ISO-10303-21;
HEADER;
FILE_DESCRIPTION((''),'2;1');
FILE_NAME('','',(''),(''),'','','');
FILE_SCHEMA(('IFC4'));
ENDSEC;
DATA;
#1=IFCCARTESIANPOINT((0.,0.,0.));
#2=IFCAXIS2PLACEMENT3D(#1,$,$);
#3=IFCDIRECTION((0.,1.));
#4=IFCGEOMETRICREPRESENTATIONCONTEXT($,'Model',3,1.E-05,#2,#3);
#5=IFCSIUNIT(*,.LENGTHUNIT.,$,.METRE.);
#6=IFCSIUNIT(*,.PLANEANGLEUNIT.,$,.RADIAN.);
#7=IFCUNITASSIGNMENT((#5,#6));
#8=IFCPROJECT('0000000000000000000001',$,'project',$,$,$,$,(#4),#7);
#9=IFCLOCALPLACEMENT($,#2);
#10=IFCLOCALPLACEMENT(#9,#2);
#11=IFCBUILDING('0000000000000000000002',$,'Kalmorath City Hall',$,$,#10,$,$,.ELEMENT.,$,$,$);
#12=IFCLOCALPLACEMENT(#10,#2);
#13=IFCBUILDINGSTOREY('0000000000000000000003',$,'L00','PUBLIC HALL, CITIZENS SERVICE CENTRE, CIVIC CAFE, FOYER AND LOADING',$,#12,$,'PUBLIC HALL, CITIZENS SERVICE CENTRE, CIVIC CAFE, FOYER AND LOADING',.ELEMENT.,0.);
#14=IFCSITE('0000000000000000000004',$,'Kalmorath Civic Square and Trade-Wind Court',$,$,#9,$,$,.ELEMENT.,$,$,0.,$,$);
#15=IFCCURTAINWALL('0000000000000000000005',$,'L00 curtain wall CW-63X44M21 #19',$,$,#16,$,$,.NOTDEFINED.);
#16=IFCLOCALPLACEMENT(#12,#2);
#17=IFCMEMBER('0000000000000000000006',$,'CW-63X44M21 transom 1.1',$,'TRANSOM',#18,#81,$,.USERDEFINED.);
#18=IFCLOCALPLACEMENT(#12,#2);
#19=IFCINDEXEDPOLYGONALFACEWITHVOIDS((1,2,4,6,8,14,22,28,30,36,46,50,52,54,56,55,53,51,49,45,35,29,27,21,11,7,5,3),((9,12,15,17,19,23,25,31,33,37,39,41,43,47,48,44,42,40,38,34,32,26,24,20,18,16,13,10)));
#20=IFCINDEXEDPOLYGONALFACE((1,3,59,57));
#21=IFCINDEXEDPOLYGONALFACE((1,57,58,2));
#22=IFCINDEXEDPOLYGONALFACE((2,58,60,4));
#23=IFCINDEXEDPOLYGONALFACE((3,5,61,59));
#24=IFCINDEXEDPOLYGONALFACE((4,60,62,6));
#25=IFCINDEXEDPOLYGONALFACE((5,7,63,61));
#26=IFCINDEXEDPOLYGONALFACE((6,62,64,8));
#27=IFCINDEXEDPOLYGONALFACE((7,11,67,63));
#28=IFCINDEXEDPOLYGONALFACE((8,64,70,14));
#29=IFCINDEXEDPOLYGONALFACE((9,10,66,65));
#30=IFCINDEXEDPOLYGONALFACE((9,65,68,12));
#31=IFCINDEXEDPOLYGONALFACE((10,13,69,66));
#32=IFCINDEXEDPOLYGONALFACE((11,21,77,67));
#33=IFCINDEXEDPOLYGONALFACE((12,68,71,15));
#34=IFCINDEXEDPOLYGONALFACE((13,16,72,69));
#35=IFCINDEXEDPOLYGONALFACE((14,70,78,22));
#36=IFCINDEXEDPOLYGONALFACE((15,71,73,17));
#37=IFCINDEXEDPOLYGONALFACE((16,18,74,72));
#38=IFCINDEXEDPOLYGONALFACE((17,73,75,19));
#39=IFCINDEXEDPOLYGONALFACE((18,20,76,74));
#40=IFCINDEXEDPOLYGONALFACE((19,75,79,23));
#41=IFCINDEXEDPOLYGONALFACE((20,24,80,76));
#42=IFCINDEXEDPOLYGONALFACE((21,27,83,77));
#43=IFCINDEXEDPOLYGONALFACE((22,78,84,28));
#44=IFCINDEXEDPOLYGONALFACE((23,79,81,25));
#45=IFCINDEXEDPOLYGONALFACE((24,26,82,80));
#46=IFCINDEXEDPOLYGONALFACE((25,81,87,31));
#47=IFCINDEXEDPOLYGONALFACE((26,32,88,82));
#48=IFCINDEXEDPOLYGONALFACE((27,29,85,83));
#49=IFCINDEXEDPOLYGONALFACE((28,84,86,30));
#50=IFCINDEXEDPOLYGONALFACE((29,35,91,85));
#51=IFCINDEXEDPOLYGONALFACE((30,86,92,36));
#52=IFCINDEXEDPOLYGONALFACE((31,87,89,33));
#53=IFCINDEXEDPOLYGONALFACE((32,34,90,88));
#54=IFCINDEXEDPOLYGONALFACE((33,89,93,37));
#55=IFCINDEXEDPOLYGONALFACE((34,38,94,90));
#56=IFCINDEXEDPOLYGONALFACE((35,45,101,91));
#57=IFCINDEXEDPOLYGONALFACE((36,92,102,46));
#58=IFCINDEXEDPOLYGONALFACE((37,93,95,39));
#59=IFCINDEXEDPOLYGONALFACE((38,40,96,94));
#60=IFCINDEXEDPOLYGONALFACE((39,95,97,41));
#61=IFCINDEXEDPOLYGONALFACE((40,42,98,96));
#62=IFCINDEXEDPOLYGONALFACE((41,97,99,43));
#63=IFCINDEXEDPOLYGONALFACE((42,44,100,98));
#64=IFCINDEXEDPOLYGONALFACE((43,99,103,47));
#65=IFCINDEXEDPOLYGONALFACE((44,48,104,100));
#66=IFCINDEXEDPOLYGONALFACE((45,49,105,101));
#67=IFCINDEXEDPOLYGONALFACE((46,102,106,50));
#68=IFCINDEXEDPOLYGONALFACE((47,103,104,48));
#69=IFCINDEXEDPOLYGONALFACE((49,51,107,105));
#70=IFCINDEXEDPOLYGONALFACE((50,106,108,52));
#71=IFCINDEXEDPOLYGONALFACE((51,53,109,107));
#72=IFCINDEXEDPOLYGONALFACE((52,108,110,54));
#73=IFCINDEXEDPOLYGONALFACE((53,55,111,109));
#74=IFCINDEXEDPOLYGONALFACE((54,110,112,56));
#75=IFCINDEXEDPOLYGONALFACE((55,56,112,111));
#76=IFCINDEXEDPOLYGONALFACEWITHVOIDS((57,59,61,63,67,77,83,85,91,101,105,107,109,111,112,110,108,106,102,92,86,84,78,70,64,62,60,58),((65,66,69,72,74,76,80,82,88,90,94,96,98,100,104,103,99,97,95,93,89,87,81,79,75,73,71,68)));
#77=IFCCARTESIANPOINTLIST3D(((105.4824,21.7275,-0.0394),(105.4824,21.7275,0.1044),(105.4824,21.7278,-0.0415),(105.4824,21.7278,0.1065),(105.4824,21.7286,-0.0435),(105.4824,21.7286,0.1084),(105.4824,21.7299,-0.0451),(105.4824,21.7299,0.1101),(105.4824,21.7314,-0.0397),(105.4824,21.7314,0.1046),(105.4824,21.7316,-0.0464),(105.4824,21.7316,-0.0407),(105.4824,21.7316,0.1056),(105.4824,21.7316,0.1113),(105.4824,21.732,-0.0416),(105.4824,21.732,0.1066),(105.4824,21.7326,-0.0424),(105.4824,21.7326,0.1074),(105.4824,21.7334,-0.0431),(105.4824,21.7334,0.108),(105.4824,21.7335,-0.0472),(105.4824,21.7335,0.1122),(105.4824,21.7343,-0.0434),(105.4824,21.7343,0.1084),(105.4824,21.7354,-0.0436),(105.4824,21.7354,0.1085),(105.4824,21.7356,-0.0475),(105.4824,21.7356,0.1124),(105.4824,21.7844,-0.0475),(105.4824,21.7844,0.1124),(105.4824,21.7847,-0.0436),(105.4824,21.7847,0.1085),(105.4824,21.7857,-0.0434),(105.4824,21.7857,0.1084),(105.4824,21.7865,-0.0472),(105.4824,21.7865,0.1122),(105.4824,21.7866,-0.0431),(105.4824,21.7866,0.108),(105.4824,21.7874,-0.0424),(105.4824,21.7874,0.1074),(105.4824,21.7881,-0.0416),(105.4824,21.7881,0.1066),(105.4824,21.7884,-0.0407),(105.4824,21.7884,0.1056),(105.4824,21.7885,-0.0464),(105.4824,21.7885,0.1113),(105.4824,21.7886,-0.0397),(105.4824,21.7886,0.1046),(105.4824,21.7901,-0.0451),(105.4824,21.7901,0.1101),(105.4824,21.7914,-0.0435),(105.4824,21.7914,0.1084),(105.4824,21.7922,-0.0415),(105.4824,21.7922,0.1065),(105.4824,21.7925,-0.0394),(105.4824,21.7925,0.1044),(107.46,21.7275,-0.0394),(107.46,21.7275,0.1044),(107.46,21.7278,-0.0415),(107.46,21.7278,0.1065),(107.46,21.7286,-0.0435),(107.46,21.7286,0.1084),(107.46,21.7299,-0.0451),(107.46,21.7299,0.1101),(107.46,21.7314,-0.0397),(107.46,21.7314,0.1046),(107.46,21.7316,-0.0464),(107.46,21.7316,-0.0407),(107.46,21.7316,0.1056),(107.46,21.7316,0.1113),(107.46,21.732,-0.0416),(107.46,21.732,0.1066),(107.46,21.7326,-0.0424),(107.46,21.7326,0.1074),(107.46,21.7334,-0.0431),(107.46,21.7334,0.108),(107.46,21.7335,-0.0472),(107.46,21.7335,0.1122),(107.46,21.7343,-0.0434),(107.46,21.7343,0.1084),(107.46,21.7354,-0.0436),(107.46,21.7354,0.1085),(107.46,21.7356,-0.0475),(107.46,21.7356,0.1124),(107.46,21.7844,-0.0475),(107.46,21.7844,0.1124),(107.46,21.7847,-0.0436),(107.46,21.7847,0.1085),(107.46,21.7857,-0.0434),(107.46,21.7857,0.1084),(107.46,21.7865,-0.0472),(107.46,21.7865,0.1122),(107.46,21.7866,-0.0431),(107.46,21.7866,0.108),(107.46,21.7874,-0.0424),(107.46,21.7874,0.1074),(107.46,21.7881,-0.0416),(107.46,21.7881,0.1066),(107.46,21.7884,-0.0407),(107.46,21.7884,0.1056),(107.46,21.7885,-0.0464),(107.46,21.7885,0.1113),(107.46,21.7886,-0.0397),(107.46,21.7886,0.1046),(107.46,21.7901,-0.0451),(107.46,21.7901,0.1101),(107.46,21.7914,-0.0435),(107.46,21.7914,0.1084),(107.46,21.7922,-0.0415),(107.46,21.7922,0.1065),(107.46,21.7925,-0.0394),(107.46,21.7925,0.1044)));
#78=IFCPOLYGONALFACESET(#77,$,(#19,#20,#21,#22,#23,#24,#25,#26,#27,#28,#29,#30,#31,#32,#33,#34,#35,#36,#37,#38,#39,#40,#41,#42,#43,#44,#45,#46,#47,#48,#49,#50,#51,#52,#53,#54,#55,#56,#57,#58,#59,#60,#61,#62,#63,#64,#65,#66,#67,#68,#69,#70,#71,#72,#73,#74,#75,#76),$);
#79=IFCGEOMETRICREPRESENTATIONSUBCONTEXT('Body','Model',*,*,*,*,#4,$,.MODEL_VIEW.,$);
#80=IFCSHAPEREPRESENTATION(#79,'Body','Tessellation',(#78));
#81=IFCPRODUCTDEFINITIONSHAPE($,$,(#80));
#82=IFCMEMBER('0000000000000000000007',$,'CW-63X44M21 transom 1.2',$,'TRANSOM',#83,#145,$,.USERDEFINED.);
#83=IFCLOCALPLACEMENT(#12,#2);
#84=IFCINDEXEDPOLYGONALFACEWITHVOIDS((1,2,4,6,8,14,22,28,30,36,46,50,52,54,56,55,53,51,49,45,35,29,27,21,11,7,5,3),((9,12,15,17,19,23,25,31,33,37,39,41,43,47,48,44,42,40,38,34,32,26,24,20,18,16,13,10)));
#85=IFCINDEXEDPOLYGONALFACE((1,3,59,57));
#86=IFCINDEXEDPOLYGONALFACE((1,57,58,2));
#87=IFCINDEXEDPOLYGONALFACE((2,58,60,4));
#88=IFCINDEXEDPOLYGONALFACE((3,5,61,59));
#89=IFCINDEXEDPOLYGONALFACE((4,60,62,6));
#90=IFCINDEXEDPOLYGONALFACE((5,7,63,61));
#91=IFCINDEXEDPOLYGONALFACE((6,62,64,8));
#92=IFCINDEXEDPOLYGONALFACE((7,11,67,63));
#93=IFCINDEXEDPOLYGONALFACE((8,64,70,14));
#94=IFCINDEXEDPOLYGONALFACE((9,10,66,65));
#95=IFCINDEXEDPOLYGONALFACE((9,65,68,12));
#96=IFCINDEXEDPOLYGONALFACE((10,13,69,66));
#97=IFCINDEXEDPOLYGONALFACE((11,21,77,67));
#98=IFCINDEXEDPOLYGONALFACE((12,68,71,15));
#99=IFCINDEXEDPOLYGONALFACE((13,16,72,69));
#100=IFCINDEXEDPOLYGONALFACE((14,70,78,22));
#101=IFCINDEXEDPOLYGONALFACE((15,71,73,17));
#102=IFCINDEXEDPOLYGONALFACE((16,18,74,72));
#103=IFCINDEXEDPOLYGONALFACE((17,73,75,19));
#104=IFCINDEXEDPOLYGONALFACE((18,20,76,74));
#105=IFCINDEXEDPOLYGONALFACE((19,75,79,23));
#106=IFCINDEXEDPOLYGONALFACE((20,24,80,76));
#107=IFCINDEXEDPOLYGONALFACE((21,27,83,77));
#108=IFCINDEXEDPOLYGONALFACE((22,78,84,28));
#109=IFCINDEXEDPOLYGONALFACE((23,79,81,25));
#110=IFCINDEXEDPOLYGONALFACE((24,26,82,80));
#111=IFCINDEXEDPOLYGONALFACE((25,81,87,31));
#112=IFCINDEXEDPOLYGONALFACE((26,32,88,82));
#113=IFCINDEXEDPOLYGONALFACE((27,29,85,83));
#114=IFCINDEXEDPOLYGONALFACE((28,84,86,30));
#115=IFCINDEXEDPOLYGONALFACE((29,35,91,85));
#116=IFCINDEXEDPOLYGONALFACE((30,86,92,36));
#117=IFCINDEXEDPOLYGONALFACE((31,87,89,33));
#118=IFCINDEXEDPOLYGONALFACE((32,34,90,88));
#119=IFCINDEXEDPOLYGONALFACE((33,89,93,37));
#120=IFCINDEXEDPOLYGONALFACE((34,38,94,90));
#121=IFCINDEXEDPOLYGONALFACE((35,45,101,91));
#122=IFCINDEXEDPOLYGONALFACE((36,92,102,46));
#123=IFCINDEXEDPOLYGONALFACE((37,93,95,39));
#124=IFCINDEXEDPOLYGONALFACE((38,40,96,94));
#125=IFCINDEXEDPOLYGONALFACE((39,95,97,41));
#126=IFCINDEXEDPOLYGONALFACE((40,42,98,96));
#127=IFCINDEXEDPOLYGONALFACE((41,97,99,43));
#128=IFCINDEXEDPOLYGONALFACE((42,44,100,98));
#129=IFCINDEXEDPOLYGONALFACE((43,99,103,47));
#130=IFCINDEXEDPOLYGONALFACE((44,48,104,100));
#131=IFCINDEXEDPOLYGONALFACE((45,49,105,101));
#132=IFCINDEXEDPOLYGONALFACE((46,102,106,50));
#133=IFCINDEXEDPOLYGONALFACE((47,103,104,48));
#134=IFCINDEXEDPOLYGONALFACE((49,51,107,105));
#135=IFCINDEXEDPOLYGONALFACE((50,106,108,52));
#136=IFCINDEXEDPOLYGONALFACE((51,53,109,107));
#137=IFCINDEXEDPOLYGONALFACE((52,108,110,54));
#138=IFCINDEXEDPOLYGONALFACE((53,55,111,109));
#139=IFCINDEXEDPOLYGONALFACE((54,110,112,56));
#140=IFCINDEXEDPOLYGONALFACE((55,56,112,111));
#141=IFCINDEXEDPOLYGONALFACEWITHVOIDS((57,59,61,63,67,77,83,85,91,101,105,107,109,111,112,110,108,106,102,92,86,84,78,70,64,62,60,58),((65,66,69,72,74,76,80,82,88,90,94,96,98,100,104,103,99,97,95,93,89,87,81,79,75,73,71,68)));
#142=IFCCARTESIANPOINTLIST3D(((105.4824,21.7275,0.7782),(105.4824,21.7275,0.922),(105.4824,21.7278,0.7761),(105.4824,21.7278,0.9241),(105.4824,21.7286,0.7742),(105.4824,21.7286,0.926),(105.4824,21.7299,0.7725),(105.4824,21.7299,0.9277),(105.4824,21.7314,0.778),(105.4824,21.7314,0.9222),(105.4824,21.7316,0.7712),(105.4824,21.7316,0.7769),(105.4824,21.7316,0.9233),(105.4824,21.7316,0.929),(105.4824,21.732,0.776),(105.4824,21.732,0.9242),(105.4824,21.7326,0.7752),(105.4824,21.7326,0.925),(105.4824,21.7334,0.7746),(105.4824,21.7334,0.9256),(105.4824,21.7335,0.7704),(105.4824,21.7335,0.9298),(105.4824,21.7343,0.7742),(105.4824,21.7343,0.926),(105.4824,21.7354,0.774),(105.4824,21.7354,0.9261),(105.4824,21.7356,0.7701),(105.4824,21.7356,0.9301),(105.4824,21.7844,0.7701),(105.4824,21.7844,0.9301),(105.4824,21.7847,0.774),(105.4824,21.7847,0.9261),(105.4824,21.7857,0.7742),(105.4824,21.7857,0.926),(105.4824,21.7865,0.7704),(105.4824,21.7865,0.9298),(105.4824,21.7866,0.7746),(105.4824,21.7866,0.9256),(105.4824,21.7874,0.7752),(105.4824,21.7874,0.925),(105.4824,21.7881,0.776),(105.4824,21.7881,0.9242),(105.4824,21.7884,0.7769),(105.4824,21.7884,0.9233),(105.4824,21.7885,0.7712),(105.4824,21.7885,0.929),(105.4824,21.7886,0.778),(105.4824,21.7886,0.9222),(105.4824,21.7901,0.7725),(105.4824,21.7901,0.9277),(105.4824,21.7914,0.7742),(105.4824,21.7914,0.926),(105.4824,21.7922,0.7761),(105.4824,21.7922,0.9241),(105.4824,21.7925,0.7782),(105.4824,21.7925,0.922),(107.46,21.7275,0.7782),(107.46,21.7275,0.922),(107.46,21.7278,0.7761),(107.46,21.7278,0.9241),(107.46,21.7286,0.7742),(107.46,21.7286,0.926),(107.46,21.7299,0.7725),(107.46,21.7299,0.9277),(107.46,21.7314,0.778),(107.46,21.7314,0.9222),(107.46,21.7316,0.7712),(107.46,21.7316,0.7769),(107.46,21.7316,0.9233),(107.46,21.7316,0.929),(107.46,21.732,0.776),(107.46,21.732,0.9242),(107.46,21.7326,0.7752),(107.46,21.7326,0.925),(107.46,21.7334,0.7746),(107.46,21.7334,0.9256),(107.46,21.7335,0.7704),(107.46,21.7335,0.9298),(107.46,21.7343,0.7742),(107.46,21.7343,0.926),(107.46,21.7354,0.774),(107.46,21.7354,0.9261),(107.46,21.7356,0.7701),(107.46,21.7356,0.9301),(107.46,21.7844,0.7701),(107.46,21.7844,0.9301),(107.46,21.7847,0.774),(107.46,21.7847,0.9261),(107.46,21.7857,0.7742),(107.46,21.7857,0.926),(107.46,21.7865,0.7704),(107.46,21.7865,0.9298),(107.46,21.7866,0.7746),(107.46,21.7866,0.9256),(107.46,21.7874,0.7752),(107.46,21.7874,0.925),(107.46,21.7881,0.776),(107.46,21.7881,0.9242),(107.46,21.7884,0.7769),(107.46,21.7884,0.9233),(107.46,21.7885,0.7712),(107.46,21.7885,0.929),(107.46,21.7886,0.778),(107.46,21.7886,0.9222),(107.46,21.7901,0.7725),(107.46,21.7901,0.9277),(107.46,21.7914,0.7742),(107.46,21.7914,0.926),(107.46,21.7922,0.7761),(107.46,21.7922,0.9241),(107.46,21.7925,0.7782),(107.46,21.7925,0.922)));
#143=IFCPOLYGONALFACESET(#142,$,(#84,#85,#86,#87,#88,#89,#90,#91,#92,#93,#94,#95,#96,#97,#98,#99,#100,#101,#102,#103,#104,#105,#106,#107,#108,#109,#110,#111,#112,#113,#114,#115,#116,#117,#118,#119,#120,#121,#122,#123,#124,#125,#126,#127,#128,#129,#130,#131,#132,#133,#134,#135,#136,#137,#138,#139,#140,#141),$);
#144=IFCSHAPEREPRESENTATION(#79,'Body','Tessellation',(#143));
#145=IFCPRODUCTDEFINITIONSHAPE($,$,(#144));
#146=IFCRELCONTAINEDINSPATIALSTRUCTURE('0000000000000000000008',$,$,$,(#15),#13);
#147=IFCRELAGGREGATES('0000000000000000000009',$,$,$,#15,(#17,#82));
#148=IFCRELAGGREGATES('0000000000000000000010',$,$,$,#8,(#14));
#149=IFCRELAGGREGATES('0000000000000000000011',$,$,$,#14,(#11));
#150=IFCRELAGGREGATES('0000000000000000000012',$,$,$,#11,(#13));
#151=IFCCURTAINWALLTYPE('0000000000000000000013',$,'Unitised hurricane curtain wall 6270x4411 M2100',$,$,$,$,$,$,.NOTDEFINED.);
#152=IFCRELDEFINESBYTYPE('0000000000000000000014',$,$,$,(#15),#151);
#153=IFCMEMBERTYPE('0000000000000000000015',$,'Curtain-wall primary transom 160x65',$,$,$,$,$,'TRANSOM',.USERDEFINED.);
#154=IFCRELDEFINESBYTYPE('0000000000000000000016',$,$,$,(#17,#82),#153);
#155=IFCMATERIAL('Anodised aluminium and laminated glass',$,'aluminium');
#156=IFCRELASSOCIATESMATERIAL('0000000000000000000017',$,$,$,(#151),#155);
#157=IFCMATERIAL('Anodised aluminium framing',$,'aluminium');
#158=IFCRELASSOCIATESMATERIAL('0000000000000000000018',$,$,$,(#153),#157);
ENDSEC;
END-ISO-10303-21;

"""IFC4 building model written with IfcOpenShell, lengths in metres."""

from ifc_helpers import new_model, si_unit, direction, frame, origin, origin_2d, place, context, subcontext, project, spatial, hollow_rectangle, extrude, material, material_profile, profile_set, type_object, element, aggregate, save


model = new_model("IFC4")

# Units and contexts
model_context = context("Model", 3, precision=1e-05, world=origin(), true_north=direction((0.0, 1.0)))
body_context = subcontext(model_context, "Body", "Model", "MODEL_VIEW")
ifc_project = project(units=[si_unit("LENGTHUNIT", "METRE"), si_unit("PLANEANGLEUNIT", "RADIAN")], contexts=[model_context])

# Site, building, storey
site_placement = place(None, origin())
site = spatial("IfcSite", under=ifc_project, at=site_placement, Name="Kalmorath Civic Square and Trade-Wind Court", CompositionType="ELEMENT", RefElevation=0.0)
building_placement = place(site_placement, origin())
building = spatial("IfcBuilding", under=site, at=building_placement, Name="Kalmorath City Hall", CompositionType="ELEMENT")
storey_placement = place(building_placement, origin())
storey = spatial("IfcBuildingStorey", under=building, at=storey_placement, Name="L00", Description="PUBLIC HALL, CITIZENS SERVICE CENTRE, CIVIC CAFE, FOYER AND LOADING", LongName="PUBLIC HALL, CITIZENS SERVICE CENTRE, CIVIC CAFE, FOYER AND LOADING", CompositionType="ELEMENT", Elevation=0.0)

# Curtain wall, members
ifc_material_1 = material(Name="Anodised aluminium and laminated glass", Category="aluminium")
curtain_wall_type = type_object("IfcCurtainWallType", Name="Unitised hurricane curtain wall 6270x4411 M2100", PredefinedType="NOTDEFINED", material=ifc_material_1)
curtain_wall_placement = place(storey_placement, origin())
curtain_wall = element("IfcCurtainWall", 1, at=curtain_wall_placement, inside=storey, type_object=curtain_wall_type, Name="L00 curtain wall CW-63X44M21 #19", PredefinedType="NOTDEFINED")
ifc_material_2 = material(Name="Anodised aluminium framing", Category="aluminium")
ifc_material_profile_1 = material_profile(ifc_material_2, hollow_rectangle(XDim=0.0649, YDim=0.1599, WallThickness=0.0039, InnerFilletRadius=0.0039, OuterFilletRadius=0.0081, at=origin_2d()), Name="ALU-TRN-160X65X4")
ifc_profile_set_1 = profile_set([ifc_material_profile_1], Name="Anodised aluminium framing")
member_type_1 = type_object("IfcMemberType", Name="Curtain-wall primary transom 160x65", ElementType="TRANSOM", PredefinedType="USERDEFINED", material=ifc_profile_set_1)
member_1_placement = place(storey_placement, frame((107.46, 21.76, 0.0325), z_axis=(-1.0, 0.0, 0.0), x_axis=(0.0, -1.0, 0.0)))
member_1 = element("IfcMember", 2, at=member_1_placement, type_object=member_type_1, Name="CW-63X44M21 transom 1.1", ObjectType="TRANSOM", PredefinedType="USERDEFINED", context=body_context, shape_type="SweptSolid", body=[
    extrude(hollow_rectangle(XDim=0.0649, YDim=0.1599, WallThickness=0.0039, InnerFilletRadius=0.0039, OuterFilletRadius=0.0081, at=origin_2d()), origin(), (0.0, 0.0, 1.0), 1.9775),
])
member_2_placement = place(storey_placement, frame((107.46, 21.76, 0.8501), z_axis=(-1.0, 0.0, 0.0), x_axis=(0.0, -1.0, 0.0)))
member_2 = element("IfcMember", 3, at=member_2_placement, type_object=member_type_1, Name="CW-63X44M21 transom 1.2", ObjectType="TRANSOM", PredefinedType="USERDEFINED", context=body_context, shape_type="SweptSolid", body=[
    extrude(hollow_rectangle(XDim=0.0649, YDim=0.1599, WallThickness=0.0039, InnerFilletRadius=0.0039, OuterFilletRadius=0.0081, at=origin_2d()), origin(), (0.0, 0.0, 1.0), 1.9775),
])

aggregate(curtain_wall, [member_1, member_2])

save(model, "model.ifc")
